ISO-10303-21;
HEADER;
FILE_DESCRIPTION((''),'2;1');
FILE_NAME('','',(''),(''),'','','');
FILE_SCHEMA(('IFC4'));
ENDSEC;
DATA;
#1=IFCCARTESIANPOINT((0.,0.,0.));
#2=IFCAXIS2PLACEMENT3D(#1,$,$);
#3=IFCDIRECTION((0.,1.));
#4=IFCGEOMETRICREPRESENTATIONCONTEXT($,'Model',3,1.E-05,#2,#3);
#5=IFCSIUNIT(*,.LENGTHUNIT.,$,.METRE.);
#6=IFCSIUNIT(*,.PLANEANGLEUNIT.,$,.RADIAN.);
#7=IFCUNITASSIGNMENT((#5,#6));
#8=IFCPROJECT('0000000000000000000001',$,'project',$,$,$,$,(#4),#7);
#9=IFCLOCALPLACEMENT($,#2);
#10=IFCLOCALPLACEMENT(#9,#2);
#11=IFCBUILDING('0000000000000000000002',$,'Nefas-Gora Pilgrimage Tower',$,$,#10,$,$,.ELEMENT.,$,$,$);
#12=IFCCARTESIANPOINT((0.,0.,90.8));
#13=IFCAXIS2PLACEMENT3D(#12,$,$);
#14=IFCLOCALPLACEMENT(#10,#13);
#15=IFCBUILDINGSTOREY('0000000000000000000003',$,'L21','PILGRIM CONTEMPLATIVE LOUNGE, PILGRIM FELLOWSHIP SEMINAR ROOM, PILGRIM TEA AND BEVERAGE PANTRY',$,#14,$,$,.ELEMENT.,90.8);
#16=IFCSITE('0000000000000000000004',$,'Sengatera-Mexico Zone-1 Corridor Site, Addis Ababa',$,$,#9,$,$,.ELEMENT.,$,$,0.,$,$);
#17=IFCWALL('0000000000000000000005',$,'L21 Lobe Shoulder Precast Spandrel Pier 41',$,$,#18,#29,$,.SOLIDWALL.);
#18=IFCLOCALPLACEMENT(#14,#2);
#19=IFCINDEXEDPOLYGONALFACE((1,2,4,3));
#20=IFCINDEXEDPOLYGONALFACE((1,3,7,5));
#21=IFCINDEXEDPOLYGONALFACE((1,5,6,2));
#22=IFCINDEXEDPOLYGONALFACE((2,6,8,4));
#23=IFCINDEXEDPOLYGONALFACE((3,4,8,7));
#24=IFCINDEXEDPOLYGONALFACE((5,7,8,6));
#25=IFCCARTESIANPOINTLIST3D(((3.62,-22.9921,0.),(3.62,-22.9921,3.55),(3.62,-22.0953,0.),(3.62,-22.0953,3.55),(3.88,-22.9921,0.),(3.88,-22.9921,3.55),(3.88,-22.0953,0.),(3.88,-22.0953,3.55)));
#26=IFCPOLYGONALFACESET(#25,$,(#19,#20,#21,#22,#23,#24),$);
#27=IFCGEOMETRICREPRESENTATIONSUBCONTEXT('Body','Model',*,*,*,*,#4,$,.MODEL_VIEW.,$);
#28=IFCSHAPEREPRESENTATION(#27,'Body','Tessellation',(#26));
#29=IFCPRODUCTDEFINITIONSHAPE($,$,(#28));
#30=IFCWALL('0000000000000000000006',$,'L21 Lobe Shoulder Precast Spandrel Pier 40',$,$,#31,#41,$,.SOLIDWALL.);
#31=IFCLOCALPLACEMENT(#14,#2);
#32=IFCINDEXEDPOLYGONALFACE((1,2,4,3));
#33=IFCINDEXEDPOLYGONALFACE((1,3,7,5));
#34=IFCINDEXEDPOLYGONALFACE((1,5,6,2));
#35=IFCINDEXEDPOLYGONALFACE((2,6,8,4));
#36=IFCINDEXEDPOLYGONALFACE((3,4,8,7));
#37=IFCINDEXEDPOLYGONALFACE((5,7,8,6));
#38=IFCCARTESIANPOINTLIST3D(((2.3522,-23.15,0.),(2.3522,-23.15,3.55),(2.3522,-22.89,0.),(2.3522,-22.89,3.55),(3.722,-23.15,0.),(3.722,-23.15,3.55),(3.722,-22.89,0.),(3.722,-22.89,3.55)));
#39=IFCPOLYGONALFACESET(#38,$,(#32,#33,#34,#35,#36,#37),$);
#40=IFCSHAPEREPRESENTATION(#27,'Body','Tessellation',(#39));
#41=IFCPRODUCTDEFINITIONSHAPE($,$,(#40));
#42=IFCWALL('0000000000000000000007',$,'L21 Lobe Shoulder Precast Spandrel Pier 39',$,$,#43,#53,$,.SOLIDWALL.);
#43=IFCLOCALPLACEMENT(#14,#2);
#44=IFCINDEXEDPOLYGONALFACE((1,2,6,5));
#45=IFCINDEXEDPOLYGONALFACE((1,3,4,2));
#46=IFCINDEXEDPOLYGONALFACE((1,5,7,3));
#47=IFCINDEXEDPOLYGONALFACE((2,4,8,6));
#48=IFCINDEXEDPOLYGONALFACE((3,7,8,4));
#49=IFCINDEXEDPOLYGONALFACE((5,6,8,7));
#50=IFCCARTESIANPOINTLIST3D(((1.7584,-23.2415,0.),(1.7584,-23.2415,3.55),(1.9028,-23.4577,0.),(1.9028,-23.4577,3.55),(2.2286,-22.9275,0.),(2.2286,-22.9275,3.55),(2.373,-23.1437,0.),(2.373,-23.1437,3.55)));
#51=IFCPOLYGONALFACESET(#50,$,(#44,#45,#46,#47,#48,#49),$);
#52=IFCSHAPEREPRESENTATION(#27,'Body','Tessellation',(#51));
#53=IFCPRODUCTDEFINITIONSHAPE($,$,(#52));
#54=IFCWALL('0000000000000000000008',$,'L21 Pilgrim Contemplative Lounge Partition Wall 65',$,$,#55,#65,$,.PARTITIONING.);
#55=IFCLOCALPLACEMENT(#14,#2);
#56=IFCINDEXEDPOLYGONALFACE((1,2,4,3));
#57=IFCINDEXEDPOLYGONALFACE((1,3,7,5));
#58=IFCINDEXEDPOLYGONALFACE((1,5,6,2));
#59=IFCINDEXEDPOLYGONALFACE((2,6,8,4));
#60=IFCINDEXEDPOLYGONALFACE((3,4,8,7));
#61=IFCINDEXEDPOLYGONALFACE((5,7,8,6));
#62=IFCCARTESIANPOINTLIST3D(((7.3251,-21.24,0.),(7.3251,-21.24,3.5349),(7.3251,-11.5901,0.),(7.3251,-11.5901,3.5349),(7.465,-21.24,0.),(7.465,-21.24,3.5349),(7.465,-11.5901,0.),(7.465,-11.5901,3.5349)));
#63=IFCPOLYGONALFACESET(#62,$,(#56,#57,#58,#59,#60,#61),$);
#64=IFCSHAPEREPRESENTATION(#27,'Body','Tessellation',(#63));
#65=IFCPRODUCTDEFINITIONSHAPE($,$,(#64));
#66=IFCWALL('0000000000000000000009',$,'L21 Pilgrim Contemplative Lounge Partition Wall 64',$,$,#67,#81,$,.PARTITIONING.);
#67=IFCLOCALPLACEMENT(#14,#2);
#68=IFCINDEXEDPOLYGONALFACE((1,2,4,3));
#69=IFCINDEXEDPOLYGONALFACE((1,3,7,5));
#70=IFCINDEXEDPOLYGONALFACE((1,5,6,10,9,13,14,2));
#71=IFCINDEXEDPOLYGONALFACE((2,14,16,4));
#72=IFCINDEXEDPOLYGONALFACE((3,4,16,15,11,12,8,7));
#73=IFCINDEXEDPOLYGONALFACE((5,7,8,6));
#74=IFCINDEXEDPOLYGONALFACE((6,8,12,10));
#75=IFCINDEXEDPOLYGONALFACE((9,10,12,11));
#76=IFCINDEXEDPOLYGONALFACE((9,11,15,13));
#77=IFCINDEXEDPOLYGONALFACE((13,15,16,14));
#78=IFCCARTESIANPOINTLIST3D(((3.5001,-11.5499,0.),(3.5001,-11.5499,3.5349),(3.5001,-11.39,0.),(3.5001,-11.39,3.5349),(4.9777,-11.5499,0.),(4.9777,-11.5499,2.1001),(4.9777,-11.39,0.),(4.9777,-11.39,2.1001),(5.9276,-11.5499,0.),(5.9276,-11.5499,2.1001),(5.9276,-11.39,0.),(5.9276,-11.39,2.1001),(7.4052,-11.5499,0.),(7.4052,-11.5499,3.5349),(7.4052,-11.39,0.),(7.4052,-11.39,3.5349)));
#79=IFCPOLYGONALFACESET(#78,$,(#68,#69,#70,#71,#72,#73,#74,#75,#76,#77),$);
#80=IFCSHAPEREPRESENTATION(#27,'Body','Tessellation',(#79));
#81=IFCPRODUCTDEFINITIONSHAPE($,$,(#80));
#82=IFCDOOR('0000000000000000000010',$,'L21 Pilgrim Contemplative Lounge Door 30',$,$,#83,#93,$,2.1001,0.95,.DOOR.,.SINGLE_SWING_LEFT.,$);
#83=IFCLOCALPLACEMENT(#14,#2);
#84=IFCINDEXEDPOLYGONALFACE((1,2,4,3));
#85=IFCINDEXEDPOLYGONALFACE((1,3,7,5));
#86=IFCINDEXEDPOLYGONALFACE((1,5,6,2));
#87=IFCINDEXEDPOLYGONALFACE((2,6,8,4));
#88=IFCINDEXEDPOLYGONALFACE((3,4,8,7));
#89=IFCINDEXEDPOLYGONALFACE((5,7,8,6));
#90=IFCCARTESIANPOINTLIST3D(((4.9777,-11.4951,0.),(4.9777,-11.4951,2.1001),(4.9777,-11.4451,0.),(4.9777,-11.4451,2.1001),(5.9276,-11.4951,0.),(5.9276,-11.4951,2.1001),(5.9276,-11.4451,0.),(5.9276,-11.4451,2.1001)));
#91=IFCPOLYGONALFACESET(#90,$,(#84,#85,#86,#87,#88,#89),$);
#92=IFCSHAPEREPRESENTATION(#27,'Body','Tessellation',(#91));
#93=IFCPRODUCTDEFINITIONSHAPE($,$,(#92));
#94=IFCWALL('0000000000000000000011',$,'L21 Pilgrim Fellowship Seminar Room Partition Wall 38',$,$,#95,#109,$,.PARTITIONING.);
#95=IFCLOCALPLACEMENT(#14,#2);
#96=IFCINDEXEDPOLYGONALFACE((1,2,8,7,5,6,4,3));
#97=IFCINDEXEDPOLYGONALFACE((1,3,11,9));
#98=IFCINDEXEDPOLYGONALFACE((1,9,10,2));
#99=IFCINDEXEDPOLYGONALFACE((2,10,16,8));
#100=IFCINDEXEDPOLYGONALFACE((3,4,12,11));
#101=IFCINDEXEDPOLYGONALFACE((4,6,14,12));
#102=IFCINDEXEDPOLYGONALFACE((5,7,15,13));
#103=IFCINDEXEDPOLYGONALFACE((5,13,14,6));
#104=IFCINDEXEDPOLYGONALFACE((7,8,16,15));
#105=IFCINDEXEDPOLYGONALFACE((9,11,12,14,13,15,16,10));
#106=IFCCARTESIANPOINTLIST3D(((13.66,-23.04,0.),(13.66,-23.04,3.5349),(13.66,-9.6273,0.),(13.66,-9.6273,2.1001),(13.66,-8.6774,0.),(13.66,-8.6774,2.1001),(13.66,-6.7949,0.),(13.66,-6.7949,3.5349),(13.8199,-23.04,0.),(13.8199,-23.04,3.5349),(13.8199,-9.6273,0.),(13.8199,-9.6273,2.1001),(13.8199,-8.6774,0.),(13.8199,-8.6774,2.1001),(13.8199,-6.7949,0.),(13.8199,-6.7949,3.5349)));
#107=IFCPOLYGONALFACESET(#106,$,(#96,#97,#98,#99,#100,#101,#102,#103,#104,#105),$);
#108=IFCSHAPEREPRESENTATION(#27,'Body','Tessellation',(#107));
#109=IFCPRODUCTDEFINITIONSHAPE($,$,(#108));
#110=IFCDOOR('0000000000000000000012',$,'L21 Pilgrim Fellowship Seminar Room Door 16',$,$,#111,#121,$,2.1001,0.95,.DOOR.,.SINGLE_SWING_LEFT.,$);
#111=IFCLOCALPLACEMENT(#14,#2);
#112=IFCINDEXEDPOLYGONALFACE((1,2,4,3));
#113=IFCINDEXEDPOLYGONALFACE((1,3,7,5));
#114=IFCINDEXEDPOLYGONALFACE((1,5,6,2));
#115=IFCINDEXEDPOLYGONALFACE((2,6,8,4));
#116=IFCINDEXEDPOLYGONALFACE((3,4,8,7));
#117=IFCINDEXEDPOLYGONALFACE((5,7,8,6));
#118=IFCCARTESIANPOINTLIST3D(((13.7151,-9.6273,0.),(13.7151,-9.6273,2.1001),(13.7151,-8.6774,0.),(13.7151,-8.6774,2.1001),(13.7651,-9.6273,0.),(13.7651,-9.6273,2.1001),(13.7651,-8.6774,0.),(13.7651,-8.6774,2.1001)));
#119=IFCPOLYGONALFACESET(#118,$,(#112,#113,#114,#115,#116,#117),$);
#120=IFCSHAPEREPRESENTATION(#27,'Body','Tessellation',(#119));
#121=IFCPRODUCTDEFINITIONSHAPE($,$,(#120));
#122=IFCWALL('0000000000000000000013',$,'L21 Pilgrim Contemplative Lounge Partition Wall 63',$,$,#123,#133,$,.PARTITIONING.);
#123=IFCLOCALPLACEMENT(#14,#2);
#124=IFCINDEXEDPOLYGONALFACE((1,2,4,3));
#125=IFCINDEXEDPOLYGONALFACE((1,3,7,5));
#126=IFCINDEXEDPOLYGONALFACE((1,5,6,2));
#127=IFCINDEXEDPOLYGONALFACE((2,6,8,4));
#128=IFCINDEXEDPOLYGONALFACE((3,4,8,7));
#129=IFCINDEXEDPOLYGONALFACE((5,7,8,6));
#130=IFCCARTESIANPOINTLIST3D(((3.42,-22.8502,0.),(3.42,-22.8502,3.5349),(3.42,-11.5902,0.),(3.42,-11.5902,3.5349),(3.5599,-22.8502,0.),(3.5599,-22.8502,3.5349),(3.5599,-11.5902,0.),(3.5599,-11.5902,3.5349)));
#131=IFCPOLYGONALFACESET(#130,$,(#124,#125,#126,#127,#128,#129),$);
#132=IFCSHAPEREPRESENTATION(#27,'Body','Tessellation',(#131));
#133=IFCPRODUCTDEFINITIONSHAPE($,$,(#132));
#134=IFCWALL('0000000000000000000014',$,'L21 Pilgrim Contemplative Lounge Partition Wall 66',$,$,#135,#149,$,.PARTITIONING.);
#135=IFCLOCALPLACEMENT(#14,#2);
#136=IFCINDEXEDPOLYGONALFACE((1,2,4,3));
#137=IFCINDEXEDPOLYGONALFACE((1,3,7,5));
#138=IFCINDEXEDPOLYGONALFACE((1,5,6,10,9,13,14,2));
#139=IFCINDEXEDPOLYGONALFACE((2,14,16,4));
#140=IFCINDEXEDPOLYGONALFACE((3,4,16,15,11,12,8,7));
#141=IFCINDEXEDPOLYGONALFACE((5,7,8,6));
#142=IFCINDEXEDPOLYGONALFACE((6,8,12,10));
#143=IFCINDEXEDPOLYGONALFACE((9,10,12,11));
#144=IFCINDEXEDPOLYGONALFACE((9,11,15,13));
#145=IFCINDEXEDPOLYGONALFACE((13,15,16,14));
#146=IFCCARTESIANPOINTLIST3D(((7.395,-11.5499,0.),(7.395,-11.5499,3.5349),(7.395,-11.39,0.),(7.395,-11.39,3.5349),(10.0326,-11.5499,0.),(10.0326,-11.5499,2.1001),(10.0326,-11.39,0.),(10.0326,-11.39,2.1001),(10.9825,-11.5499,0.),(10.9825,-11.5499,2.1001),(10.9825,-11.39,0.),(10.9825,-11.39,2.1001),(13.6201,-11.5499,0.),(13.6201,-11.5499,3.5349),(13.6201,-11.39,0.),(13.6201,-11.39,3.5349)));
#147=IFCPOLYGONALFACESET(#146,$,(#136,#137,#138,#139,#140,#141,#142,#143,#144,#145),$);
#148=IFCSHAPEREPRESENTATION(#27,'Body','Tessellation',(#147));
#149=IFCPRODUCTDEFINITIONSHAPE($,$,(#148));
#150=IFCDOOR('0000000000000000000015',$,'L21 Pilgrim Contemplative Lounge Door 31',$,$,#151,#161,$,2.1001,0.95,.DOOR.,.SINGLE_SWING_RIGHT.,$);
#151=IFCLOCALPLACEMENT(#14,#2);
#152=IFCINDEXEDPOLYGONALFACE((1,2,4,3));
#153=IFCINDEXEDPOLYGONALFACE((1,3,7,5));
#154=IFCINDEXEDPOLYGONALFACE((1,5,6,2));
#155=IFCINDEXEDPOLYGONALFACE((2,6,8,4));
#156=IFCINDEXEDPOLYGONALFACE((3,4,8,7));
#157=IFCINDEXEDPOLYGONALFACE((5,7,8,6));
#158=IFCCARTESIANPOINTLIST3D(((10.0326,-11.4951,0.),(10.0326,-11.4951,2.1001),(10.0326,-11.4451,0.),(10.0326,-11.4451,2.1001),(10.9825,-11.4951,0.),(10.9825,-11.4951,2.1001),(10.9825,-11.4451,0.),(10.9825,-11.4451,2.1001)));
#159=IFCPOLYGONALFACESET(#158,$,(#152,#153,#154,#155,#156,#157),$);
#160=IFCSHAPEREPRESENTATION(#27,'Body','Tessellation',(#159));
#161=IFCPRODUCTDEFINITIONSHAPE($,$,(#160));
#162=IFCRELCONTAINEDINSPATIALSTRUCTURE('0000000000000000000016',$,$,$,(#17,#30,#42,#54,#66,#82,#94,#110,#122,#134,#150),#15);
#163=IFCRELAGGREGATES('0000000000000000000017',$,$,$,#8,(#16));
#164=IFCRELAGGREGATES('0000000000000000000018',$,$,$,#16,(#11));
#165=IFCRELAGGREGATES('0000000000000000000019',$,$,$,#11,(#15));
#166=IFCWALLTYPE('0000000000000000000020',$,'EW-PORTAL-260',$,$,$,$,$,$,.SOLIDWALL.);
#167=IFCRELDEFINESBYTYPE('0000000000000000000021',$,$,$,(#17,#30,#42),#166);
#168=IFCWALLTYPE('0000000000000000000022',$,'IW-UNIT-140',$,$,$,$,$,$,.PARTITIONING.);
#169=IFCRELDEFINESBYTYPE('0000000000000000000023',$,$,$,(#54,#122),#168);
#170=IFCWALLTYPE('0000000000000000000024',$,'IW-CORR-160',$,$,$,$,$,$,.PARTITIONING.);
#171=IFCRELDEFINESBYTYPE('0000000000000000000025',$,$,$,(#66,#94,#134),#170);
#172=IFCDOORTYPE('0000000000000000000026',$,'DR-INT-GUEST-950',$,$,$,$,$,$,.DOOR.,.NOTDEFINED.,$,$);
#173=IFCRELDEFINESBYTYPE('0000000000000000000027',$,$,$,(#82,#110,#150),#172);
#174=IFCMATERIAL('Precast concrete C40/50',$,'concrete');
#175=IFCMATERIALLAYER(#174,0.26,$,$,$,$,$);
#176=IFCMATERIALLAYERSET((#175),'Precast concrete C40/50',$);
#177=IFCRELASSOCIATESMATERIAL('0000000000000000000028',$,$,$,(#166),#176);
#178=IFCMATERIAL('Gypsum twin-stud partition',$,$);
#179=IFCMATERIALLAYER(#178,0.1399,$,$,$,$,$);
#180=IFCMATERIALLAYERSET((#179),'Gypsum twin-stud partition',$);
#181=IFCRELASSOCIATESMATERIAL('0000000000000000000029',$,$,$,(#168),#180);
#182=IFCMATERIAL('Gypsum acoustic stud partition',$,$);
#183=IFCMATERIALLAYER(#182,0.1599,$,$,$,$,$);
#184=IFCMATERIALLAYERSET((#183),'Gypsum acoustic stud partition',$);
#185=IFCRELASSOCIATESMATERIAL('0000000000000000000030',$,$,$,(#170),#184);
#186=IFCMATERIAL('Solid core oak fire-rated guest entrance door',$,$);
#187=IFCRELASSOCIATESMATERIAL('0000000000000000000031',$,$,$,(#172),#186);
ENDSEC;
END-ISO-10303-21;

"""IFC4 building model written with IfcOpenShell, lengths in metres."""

from ifc_helpers import new_model, si_unit, direction, frame, frame_2d, origin, place, context, subcontext, project, spatial, rectangle, extrude, source, transform, mapped, material, layer, layer_set, type_object, element, fill, save


model = new_model("IFC4")

# Units and contexts
model_context = context("Model", 3, precision=1e-05, world=origin(), true_north=direction((0.0, 1.0)))
body_context = subcontext(model_context, "Body", "Model", "MODEL_VIEW")
ifc_project = project(units=[si_unit("LENGTHUNIT", "METRE"), si_unit("PLANEANGLEUNIT", "RADIAN")], contexts=[model_context])

# Site, building, storey
site_placement = place(None, origin())
site = spatial("IfcSite", under=ifc_project, at=site_placement, Name="Sengatera-Mexico Zone-1 Corridor Site, Addis Ababa", CompositionType="ELEMENT", RefElevation=0.0)
building_placement = place(site_placement, origin())
building = spatial("IfcBuilding", under=site, at=building_placement, Name="Nefas-Gora Pilgrimage Tower", CompositionType="ELEMENT")
storey_placement = place(building_placement, frame((0.0, 0.0, 90.8)))
storey = spatial("IfcBuildingStorey", under=building, at=storey_placement, Name="L21", Description="PILGRIM CONTEMPLATIVE LOUNGE, PILGRIM FELLOWSHIP SEMINAR ROOM, PILGRIM TEA AND BEVERAGE PANTRY", CompositionType="ELEMENT", Elevation=90.8)

# Walls
ifc_material_1 = material(Name="Precast concrete C40/50", Category="concrete")
ifc_layer_1 = layer(ifc_material_1, 0.26)
ifc_layer_set_1 = layer_set([ifc_layer_1], Name="Precast concrete C40/50")
wall_type_1 = type_object("IfcWallType", Name="EW-PORTAL-260", PredefinedType="SOLIDWALL", material=ifc_layer_set_1)
shared_shape_1 = source(origin(), body_context, "Body", "SweptSolid", [
    extrude(rectangle(XDim=0.8967, YDim=0.26, at=frame_2d((0.4482, 0.0))), origin(), (0.0, 0.0, 1.0), 3.55),
])
wall_1_placement = place(storey_placement, frame((3.75, -22.9919, 0.0), z_axis=(0.0, 0.0, 1.0), x_axis=(0.0, 1.0, 0.0)))
element("IfcWall", 1, at=wall_1_placement, inside=storey, type_object=wall_type_1, Name="L21 Lobe Shoulder Precast Spandrel Pier 41", PredefinedType="SOLIDWALL", context=body_context, shape_type="MappedRepresentation", body=[
    mapped(shared_shape_1, transform((0.0, 0.0, 0.0), x_axis=(1.0, 0.0, 0.0), y_axis=(0.0, 1.0, 0.0), z_axis=(0.0, 0.0, 1.0), scale=1.0)),
])
shared_shape_2 = source(origin(), body_context, "Body", "SweptSolid", [
    extrude(rectangle(XDim=1.3699, YDim=0.26, at=frame_2d((0.6851, 0.0))), origin(), (0.0, 0.0, 1.0), 3.55),
])
wall_2_placement = place(storey_placement, frame((2.3521, -23.02, 0.0), z_axis=(0.0, 0.0, 1.0), x_axis=(1.0, 0.0, 0.0)))
element("IfcWall", 2, at=wall_2_placement, inside=storey, type_object=wall_type_1, Name="L21 Lobe Shoulder Precast Spandrel Pier 40", PredefinedType="SOLIDWALL", context=body_context, shape_type="MappedRepresentation", body=[
    mapped(shared_shape_2, transform((0.0, 0.0, 0.0), x_axis=(1.0, 0.0, 0.0), y_axis=(0.0, 1.0, 0.0), z_axis=(0.0, 0.0, 1.0), scale=1.0)),
])
shared_shape_3 = source(origin(), body_context, "Body", "SweptSolid", [
    extrude(rectangle(XDim=0.5654, YDim=0.26, at=frame_2d((0.2827, 0.0))), origin(), (0.0, 0.0, 1.0), 3.55),
])
wall_3_placement = place(storey_placement, frame((1.8306, -23.3496, 0.0), z_axis=(0.0, 0.0, 1.0), x_axis=(0.831651, 0.555298, 0.0)))
element("IfcWall", 3, at=wall_3_placement, inside=storey, type_object=wall_type_1, Name="L21 Lobe Shoulder Precast Spandrel Pier 39", PredefinedType="SOLIDWALL", context=body_context, shape_type="MappedRepresentation", body=[
    mapped(shared_shape_3, transform((0.0, 0.0, 0.0), x_axis=(1.0, 0.0, 0.0), y_axis=(0.0, 1.0, 0.0), z_axis=(0.0, 0.0, 1.0), scale=1.0)),
])
ifc_material_2 = material(Name="Gypsum twin-stud partition")
ifc_layer_2 = layer(ifc_material_2, 0.1399)
ifc_layer_set_2 = layer_set([ifc_layer_2], Name="Gypsum twin-stud partition")
wall_type_2 = type_object("IfcWallType", Name="IW-UNIT-140", PredefinedType="PARTITIONING", material=ifc_layer_set_2)
shared_shape_4 = source(origin(), body_context, "Body", "SweptSolid", [
    extrude(rectangle(XDim=9.6499, YDim=0.1399, at=frame_2d((4.825, 0.0))), origin(), (0.0, 0.0, 1.0), 3.5349),
])
wall_4_placement = place(storey_placement, frame((7.395, -21.24, 0.0), z_axis=(0.0, 0.0, 1.0), x_axis=(0.0, 1.0, 0.0)))
element("IfcWall", 4, at=wall_4_placement, inside=storey, type_object=wall_type_2, Name="L21 Pilgrim Contemplative Lounge Partition Wall 65", PredefinedType="PARTITIONING", context=body_context, shape_type="MappedRepresentation", body=[
    mapped(shared_shape_4, transform((0.0, 0.0, 0.0), x_axis=(1.0, 0.0, 0.0), y_axis=(0.0, 1.0, 0.0), z_axis=(0.0, 0.0, 1.0), scale=1.0)),
])

# Walls, openings, doors
ifc_material_3 = material(Name="Gypsum acoustic stud partition")
ifc_layer_3 = layer(ifc_material_3, 0.1599)
ifc_layer_set_3 = layer_set([ifc_layer_3], Name="Gypsum acoustic stud partition")
wall_type_3 = type_object("IfcWallType", Name="IW-CORR-160", PredefinedType="PARTITIONING", material=ifc_layer_set_3)
shared_shape_5 = source(origin(), body_context, "Body", "SweptSolid", [
    extrude(rectangle(XDim=3.905, YDim=0.1599, at=frame_2d((1.9526, 0.0))), origin(), (0.0, 0.0, 1.0), 3.5349),
])
wall_5_placement = place(storey_placement, frame((3.5, -11.47, 0.0), z_axis=(0.0, 0.0, 1.0), x_axis=(1.0, 0.0, 0.0)))
wall_5 = element("IfcWall", 5, at=wall_5_placement, inside=storey, type_object=wall_type_3, Name="L21 Pilgrim Contemplative Lounge Partition Wall 64", PredefinedType="PARTITIONING", context=body_context, shape_type="MappedRepresentation", body=[
    mapped(shared_shape_5, transform((0.0, 0.0, 0.0), x_axis=(1.0, 0.0, 0.0), y_axis=(0.0, 1.0, 0.0), z_axis=(0.0, 0.0, 1.0), scale=1.0)),
])
opening_1_placement = place(wall_5_placement, frame((1.4775, 0.0, 0.0)))
opening_1 = element("IfcOpeningElement", 6, at=opening_1_placement, cuts=wall_5, PredefinedType="OPENING", context=body_context, shape_type="SweptSolid", body=[
    extrude(rectangle(XDim=0.95, YDim=2.1001, at=frame_2d((0.4751, 1.05))), frame((0.0, 0.0898, 0.0), z_axis=(0.0, -1.0, 0.0), x_axis=(1.0, 0.0, 0.0)), (0.0, 0.0, 1.0), 0.1799),
])
ifc_material_4 = material(Name="Solid core oak fire-rated guest entrance door")
door_type = type_object("IfcDoorType", Name="DR-INT-GUEST-950", OperationType="NOTDEFINED", PredefinedType="DOOR", material=ifc_material_4)
shared_shape_6 = source(origin(), body_context, "Body", "SweptSolid", [
    extrude(rectangle(XDim=0.95, YDim=2.1001, at=frame_2d((0.4751, 1.05))), frame((0.0, 0.0249, 0.0), z_axis=(0.0, -1.0, 0.0), x_axis=(1.0, 0.0, 0.0)), (0.0, 0.0, 1.0), 0.05),
])
door_1_placement = place(opening_1_placement, origin())
door_1 = element("IfcDoor", 7, at=door_1_placement, inside=storey, type_object=door_type, Name="L21 Pilgrim Contemplative Lounge Door 30", OperationType="SINGLE_SWING_LEFT", OverallHeight=2.1001, OverallWidth=0.95, PredefinedType="DOOR", context=body_context, shape_type="MappedRepresentation", body=[
    mapped(shared_shape_6, transform((0.0, 0.0, 0.0), x_axis=(1.0, 0.0, 0.0), y_axis=(0.0, 1.0, 0.0), z_axis=(0.0, 0.0, 1.0), scale=1.0)),
])
fill(opening_1, door_1)
shared_shape_7 = source(origin(), body_context, "Body", "SweptSolid", [
    extrude(rectangle(XDim=16.2451, YDim=0.1599, at=frame_2d((8.1226, 0.0))), origin(), (0.0, 0.0, 1.0), 3.5349),
])
wall_6_placement = place(storey_placement, frame((13.74, -23.04, 0.0), z_axis=(0.0, 0.0, 1.0), x_axis=(0.0, 1.0, 0.0)))
wall_6 = element("IfcWall", 8, at=wall_6_placement, inside=storey, type_object=wall_type_3, Name="L21 Pilgrim Fellowship Seminar Room Partition Wall 38", PredefinedType="PARTITIONING", context=body_context, shape_type="MappedRepresentation", body=[
    mapped(shared_shape_7, transform((0.0, 0.0, 0.0), x_axis=(1.0, 0.0, 0.0), y_axis=(0.0, 1.0, 0.0), z_axis=(0.0, 0.0, 1.0), scale=1.0)),
])
opening_2_placement = place(wall_6_placement, frame((13.4126, 0.0, 0.0)))
opening_2 = element("IfcOpeningElement", 9, at=opening_2_placement, cuts=wall_6, PredefinedType="OPENING", context=body_context, shape_type="SweptSolid", body=[
    extrude(rectangle(XDim=0.95, YDim=2.1001, at=frame_2d((0.4751, 1.05))), frame((0.0, 0.0898, 0.0), z_axis=(0.0, -1.0, 0.0), x_axis=(1.0, 0.0, 0.0)), (0.0, 0.0, 1.0), 0.1799),
])
door_2_placement = place(opening_2_placement, origin())
door_2 = element("IfcDoor", 10, at=door_2_placement, inside=storey, type_object=door_type, Name="L21 Pilgrim Fellowship Seminar Room Door 16", OperationType="SINGLE_SWING_LEFT", OverallHeight=2.1001, OverallWidth=0.95, PredefinedType="DOOR", context=body_context, shape_type="MappedRepresentation", body=[
    mapped(shared_shape_6, transform((0.0, 0.0, 0.0), x_axis=(1.0, 0.0, 0.0), y_axis=(0.0, 1.0, 0.0), z_axis=(0.0, 0.0, 1.0), scale=1.0)),
])
fill(opening_2, door_2)

# Wall
shared_shape_8 = source(origin(), body_context, "Body", "SweptSolid", [
    extrude(rectangle(XDim=11.26, YDim=0.1399, at=frame_2d((5.6299, 0.0))), origin(), (0.0, 0.0, 1.0), 3.5349),
])
wall_7_placement = place(storey_placement, frame((3.49, -22.8501, 0.0), z_axis=(0.0, 0.0, 1.0), x_axis=(0.0, 1.0, 0.0)))
element("IfcWall", 11, at=wall_7_placement, inside=storey, type_object=wall_type_2, Name="L21 Pilgrim Contemplative Lounge Partition Wall 63", PredefinedType="PARTITIONING", context=body_context, shape_type="MappedRepresentation", body=[
    mapped(shared_shape_8, transform((0.0, 0.0, 0.0), x_axis=(1.0, 0.0, 0.0), y_axis=(0.0, 1.0, 0.0), z_axis=(0.0, 0.0, 1.0), scale=1.0)),
])

# Wall, opening, door
shared_shape_9 = source(origin(), body_context, "Body", "SweptSolid", [
    extrude(rectangle(XDim=6.2251, YDim=0.1599, at=frame_2d((3.1125, 0.0))), origin(), (0.0, 0.0, 1.0), 3.5349),
])
wall_8_placement = place(storey_placement, frame((7.395, -11.47, 0.0), z_axis=(0.0, 0.0, 1.0), x_axis=(1.0, 0.0, 0.0)))
wall_8 = element("IfcWall", 12, at=wall_8_placement, inside=storey, type_object=wall_type_3, Name="L21 Pilgrim Contemplative Lounge Partition Wall 66", PredefinedType="PARTITIONING", context=body_context, shape_type="MappedRepresentation", body=[
    mapped(shared_shape_9, transform((0.0, 0.0, 0.0), x_axis=(1.0, 0.0, 0.0), y_axis=(0.0, 1.0, 0.0), z_axis=(0.0, 0.0, 1.0), scale=1.0)),
])
opening_3_placement = place(wall_8_placement, frame((2.6375, 0.0, 0.0)))
opening_3 = element("IfcOpeningElement", 13, at=opening_3_placement, cuts=wall_8, PredefinedType="OPENING", context=body_context, shape_type="SweptSolid", body=[
    extrude(rectangle(XDim=0.95, YDim=2.1001, at=frame_2d((0.4751, 1.05))), frame((0.0, 0.0898, 0.0), z_axis=(0.0, -1.0, 0.0), x_axis=(1.0, 0.0, 0.0)), (0.0, 0.0, 1.0), 0.1799),
])
door_3_placement = place(opening_3_placement, origin())
door_3 = element("IfcDoor", 14, at=door_3_placement, inside=storey, type_object=door_type, Name="L21 Pilgrim Contemplative Lounge Door 31", OperationType="SINGLE_SWING_RIGHT", OverallHeight=2.1001, OverallWidth=0.95, PredefinedType="DOOR", context=body_context, shape_type="MappedRepresentation", body=[
    mapped(shared_shape_6, transform((0.0, 0.0, 0.0), x_axis=(1.0, 0.0, 0.0), y_axis=(0.0, 1.0, 0.0), z_axis=(0.0, 0.0, 1.0), scale=1.0)),
])
fill(opening_3, door_3)

save(model, "model.ifc")
